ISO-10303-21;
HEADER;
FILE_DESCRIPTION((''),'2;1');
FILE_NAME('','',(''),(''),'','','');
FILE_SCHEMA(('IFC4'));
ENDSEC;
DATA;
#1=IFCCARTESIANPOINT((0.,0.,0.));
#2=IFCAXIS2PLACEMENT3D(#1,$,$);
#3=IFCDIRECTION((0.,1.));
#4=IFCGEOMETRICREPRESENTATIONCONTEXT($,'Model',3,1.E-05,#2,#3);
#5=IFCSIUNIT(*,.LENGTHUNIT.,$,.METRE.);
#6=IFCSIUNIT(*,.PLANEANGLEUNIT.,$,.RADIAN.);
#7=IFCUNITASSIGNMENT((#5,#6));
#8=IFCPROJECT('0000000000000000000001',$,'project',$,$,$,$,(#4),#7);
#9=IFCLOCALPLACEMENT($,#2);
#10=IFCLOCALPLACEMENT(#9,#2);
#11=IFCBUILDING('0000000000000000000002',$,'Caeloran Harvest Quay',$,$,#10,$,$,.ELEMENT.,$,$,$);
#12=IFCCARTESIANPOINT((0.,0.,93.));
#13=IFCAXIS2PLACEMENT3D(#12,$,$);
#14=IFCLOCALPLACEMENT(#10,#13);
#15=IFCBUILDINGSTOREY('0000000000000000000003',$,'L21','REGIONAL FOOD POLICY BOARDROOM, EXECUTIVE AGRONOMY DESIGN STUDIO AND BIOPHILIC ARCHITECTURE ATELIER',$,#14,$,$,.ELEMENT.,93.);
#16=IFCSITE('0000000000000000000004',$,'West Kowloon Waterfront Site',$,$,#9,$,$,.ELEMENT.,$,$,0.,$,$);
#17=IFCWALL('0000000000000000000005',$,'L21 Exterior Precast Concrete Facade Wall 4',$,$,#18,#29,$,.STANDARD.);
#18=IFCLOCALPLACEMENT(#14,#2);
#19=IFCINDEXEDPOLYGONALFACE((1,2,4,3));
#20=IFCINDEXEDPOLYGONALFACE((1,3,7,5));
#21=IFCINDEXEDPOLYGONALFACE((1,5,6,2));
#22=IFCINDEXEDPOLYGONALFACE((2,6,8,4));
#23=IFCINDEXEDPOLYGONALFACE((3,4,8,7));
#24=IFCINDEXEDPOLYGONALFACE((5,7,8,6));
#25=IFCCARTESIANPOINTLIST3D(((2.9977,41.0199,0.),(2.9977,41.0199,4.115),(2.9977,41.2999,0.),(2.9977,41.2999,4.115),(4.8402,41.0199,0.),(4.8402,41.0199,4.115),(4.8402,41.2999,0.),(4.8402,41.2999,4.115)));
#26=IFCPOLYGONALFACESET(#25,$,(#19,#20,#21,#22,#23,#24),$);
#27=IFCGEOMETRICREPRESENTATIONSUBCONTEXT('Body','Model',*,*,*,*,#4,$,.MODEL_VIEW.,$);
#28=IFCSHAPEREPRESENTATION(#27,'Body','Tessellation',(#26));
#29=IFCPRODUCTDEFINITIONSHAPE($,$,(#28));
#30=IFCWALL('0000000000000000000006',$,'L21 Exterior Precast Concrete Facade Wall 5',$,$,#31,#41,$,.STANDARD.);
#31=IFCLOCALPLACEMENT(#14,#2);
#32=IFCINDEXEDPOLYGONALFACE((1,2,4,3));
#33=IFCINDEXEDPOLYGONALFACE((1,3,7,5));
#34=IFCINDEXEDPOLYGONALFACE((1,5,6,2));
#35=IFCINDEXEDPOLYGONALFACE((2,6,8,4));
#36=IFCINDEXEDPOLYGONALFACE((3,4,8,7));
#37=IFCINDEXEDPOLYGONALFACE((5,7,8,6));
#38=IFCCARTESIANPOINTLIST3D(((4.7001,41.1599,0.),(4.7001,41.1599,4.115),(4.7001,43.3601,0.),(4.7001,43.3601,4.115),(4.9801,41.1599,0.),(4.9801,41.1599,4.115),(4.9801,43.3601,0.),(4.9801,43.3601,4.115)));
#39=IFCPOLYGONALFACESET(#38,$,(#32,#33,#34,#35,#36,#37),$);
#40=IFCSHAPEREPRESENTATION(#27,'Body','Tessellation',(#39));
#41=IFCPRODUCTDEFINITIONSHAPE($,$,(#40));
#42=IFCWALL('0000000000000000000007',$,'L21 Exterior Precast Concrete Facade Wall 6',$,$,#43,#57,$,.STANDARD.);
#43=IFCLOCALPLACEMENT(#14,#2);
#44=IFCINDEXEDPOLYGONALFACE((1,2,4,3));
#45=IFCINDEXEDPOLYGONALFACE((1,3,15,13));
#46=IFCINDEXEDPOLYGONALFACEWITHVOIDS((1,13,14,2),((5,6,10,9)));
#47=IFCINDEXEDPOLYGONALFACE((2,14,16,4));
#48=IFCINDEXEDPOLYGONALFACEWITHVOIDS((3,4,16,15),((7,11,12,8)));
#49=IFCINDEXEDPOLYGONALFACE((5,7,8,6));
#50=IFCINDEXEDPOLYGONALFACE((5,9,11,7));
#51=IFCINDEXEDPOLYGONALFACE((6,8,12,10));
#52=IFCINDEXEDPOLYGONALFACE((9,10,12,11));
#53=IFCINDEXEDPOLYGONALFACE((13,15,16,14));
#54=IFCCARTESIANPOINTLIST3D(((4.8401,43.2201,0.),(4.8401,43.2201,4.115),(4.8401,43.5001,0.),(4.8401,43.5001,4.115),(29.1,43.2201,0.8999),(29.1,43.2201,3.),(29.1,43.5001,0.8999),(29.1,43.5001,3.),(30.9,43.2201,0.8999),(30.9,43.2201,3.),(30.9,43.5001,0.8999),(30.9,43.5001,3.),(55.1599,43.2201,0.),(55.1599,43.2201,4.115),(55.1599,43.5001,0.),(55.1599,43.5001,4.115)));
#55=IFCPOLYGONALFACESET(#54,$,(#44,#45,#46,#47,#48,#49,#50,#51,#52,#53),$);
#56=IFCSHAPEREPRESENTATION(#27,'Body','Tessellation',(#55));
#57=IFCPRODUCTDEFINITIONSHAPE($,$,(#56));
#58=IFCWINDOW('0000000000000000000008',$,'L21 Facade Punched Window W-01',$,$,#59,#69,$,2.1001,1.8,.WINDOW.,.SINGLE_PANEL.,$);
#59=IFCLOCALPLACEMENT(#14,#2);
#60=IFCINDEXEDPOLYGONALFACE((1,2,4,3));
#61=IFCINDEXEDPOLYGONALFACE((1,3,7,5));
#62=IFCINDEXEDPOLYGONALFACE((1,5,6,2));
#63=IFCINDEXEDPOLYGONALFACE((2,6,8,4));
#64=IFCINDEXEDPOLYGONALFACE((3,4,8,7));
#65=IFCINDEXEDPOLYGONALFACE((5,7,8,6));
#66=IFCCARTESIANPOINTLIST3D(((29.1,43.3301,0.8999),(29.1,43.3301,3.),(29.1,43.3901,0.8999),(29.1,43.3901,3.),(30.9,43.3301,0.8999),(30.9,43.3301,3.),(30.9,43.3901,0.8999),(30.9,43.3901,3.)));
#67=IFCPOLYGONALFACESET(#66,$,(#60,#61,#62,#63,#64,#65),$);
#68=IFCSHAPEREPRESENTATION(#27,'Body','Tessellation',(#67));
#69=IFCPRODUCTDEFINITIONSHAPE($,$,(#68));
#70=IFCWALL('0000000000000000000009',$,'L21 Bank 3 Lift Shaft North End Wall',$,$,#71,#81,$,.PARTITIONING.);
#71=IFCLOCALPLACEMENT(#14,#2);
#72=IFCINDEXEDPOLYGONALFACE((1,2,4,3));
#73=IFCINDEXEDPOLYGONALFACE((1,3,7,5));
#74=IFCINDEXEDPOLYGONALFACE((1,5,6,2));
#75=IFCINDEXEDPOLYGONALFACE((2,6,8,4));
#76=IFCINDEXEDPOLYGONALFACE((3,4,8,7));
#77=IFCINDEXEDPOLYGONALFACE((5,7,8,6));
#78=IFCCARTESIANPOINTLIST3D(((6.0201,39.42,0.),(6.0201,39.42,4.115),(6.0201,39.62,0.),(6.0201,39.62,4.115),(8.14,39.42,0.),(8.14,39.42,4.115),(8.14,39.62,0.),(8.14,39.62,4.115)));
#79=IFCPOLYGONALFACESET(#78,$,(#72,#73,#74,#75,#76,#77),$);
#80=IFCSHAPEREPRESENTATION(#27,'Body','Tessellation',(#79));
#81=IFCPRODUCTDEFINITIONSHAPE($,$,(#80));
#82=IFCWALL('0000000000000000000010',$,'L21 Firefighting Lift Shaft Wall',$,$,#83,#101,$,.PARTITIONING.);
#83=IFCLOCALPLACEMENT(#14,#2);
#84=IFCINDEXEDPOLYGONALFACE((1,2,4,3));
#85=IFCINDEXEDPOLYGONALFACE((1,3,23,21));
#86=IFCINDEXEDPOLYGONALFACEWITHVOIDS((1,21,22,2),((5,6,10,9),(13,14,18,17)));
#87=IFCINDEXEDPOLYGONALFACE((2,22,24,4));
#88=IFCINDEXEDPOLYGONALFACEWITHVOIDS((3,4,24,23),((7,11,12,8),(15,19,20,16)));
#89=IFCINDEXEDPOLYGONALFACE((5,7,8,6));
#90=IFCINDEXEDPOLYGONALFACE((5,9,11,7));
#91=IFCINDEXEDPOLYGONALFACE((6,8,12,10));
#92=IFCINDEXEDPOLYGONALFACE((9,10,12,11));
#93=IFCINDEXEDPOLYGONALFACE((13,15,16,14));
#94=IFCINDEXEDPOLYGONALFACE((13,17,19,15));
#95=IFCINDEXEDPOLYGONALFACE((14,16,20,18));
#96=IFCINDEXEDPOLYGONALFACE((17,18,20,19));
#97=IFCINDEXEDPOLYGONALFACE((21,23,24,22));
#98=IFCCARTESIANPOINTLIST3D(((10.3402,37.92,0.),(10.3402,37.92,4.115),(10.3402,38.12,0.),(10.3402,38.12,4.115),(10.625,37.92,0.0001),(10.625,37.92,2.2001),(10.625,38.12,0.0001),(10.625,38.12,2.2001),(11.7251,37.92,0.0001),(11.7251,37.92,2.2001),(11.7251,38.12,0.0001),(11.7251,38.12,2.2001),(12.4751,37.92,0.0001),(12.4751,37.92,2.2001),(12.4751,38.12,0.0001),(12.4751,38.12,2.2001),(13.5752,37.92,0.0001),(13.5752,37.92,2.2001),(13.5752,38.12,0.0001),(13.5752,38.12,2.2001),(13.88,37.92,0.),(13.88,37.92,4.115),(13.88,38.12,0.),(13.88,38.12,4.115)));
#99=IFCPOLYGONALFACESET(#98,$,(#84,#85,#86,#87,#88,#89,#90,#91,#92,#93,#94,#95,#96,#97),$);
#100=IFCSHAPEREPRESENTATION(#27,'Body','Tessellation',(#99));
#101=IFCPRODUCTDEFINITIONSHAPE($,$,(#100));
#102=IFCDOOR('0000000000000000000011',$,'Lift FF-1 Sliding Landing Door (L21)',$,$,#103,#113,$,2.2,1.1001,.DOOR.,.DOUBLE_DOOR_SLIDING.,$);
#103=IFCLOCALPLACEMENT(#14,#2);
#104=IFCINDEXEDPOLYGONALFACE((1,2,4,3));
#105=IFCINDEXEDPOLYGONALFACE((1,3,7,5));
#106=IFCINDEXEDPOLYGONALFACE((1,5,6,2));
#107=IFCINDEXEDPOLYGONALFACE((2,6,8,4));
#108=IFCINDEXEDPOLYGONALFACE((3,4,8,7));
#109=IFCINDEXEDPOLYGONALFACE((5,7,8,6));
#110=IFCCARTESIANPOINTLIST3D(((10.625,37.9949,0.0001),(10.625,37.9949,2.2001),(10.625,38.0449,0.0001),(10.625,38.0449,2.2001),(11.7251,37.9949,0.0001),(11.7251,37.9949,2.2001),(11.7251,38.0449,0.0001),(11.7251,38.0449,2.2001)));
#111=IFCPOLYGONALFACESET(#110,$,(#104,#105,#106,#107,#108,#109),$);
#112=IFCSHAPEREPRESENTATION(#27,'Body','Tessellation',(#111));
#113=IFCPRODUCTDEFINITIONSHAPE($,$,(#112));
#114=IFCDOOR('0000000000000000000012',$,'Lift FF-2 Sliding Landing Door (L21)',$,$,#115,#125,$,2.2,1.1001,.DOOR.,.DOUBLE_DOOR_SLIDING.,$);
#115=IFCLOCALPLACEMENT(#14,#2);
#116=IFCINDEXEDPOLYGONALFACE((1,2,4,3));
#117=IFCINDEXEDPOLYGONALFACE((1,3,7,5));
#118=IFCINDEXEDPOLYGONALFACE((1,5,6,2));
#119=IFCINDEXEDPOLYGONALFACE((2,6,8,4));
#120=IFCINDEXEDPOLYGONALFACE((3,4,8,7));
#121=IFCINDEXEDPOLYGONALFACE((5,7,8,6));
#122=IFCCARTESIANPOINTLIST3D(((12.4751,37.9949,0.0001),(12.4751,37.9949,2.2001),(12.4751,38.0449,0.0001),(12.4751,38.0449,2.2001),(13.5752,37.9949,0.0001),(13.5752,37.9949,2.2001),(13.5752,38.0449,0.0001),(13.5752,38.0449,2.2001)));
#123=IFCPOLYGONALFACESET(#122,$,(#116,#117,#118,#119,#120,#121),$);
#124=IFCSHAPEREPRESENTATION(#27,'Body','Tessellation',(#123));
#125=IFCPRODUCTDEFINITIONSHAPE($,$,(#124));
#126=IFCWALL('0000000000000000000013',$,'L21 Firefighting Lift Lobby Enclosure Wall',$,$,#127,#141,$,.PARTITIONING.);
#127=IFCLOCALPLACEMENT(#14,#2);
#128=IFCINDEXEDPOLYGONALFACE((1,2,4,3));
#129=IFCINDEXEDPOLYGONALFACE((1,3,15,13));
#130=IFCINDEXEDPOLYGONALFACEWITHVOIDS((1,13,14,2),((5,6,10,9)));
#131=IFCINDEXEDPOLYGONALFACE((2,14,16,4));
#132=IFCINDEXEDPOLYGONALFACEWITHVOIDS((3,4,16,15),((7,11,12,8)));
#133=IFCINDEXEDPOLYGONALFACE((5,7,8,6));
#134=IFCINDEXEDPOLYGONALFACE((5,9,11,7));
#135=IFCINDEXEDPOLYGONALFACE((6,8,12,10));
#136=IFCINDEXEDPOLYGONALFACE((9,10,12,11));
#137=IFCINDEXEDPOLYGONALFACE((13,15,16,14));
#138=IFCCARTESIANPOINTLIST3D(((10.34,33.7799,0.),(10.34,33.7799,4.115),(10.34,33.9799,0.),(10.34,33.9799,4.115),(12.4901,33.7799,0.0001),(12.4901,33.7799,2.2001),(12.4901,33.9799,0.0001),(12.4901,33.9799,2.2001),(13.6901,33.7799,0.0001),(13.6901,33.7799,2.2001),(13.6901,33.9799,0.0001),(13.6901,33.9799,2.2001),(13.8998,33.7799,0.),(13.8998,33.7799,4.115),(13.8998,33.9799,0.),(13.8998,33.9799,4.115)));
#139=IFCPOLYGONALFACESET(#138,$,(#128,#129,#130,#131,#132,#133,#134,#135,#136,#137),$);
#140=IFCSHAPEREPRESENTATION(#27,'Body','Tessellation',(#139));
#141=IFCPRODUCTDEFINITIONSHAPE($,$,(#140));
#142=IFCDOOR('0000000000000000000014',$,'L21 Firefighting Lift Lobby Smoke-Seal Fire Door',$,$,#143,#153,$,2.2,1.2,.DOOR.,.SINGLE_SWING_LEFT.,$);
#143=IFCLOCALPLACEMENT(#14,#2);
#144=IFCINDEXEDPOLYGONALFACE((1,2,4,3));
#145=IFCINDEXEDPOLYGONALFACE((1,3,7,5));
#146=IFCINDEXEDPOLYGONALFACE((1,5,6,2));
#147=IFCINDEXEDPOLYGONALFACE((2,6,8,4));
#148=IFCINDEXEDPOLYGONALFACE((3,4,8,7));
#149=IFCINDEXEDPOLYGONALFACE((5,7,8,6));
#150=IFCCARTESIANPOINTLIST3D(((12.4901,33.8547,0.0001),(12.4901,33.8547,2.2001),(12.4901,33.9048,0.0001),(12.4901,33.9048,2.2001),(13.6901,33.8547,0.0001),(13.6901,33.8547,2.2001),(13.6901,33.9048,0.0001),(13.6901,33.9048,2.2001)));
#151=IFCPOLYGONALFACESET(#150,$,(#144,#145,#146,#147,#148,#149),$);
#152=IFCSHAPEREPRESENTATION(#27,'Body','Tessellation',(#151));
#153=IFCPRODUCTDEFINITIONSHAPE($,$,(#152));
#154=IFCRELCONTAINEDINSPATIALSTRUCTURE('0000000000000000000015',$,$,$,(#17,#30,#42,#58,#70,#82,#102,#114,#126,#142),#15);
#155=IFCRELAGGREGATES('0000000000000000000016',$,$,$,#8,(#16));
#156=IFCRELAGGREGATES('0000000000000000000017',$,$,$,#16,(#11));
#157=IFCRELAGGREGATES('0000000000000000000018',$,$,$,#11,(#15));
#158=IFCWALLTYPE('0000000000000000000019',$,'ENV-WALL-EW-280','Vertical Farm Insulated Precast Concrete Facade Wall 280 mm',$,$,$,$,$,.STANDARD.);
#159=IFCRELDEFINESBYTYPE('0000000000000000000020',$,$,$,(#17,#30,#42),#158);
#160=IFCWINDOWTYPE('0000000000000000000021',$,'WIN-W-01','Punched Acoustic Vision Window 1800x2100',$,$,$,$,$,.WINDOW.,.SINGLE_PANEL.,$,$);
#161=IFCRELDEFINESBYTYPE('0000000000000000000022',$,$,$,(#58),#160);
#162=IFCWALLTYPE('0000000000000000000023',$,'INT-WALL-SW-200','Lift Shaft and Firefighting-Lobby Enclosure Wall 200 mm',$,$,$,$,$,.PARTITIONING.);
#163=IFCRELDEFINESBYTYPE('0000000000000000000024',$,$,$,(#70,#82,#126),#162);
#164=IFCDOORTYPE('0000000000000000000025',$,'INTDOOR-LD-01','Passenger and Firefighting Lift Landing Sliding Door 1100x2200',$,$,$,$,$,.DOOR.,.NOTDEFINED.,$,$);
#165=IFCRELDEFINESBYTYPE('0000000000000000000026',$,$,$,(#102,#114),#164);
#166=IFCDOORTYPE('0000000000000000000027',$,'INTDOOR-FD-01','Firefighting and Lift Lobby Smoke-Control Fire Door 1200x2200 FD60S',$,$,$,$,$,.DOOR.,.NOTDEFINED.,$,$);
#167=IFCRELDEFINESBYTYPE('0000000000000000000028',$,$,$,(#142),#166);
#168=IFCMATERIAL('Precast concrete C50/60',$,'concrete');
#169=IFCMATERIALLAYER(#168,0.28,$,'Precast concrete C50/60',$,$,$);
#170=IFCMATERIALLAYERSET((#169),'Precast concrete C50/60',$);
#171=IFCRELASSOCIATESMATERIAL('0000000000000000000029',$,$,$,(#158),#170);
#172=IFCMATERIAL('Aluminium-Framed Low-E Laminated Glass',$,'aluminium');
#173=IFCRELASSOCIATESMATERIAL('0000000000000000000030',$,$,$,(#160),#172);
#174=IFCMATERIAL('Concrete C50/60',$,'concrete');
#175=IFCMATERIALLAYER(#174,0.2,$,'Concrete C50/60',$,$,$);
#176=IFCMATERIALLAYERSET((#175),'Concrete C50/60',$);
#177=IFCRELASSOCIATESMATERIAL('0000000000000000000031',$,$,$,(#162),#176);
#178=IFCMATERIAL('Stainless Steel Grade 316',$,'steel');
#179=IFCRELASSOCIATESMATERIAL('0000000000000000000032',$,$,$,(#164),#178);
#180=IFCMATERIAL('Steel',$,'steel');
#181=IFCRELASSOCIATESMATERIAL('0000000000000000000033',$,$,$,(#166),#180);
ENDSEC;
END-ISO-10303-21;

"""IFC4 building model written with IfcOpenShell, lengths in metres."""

from ifc_helpers import new_model, si_unit, direction, frame, frame_2d, origin, place, context, subcontext, project, spatial, rectangle, extrude, material, layer, layer_set, type_object, element, fill, save


model = new_model("IFC4")

# Units and contexts
model_context = context("Model", 3, precision=1e-05, world=origin(), true_north=direction((0.0, 1.0)))
body_context = subcontext(model_context, "Body", "Model", "MODEL_VIEW")
ifc_project = project(units=[si_unit("LENGTHUNIT", "METRE"), si_unit("PLANEANGLEUNIT", "RADIAN")], contexts=[model_context])

# Site, building, storey
site_placement = place(None, origin())
site = spatial("IfcSite", under=ifc_project, at=site_placement, Name="West Kowloon Waterfront Site", CompositionType="ELEMENT", RefElevation=0.0)
building_placement = place(site_placement, origin())
building = spatial("IfcBuilding", under=site, at=building_placement, Name="Caeloran Harvest Quay", CompositionType="ELEMENT")
storey_placement = place(building_placement, frame((0.0, 0.0, 93.0)))
storey = spatial("IfcBuildingStorey", under=building, at=storey_placement, Name="L21", Description="REGIONAL FOOD POLICY BOARDROOM, EXECUTIVE AGRONOMY DESIGN STUDIO AND BIOPHILIC ARCHITECTURE ATELIER", CompositionType="ELEMENT", Elevation=93.0)

# Walls
ifc_material_1 = material(Name="Precast concrete C50/60", Category="concrete")
ifc_layer_1 = layer(ifc_material_1, 0.28, Name="Precast concrete C50/60")
ifc_layer_set_1 = layer_set([ifc_layer_1], Name="Precast concrete C50/60")
wall_type_1 = type_object("IfcWallType", Name="ENV-WALL-EW-280", Description="Vertical Farm Insulated Precast Concrete Facade Wall 280 mm", PredefinedType="STANDARD", material=ifc_layer_set_1)
wall_1_placement = place(storey_placement, frame((2.9976, 41.1599, 0.0), z_axis=(0.0, 0.0, 1.0), x_axis=(1.0, 0.0, 0.0)))
element("IfcWall", 1, at=wall_1_placement, inside=storey, type_object=wall_type_1, Name="L21 Exterior Precast Concrete Facade Wall 4", PredefinedType="STANDARD", context=body_context, shape_type="SweptSolid", body=[
    extrude(rectangle(XDim=1.8425, YDim=0.28, at=frame_2d((0.9214, 0.0))), origin(), (0.0, 0.0, 1.0), 4.115),
])
wall_2_placement = place(storey_placement, frame((4.8401, 41.1599, 0.0), z_axis=(0.0, 0.0, 1.0), x_axis=(0.0, 1.0, 0.0)))
element("IfcWall", 2, at=wall_2_placement, inside=storey, type_object=wall_type_1, Name="L21 Exterior Precast Concrete Facade Wall 5", PredefinedType="STANDARD", context=body_context, shape_type="SweptSolid", body=[
    extrude(rectangle(XDim=2.2002, YDim=0.28, at=frame_2d((1.1001, 0.0))), origin(), (0.0, 0.0, 1.0), 4.115),
])

# Wall, opening, window
wall_3_placement = place(storey_placement, frame((4.8401, 43.3601, 0.0), z_axis=(0.0, 0.0, 1.0), x_axis=(1.0, 0.0, 0.0)))
wall_3 = element("IfcWall", 3, at=wall_3_placement, inside=storey, type_object=wall_type_1, Name="L21 Exterior Precast Concrete Facade Wall 6", PredefinedType="STANDARD", context=body_context, shape_type="SweptSolid", body=[
    extrude(rectangle(XDim=50.3198, YDim=0.28, at=frame_2d((25.1599, 0.0))), origin(), (0.0, 0.0, 1.0), 4.115),
])
opening_1_placement = place(wall_3_placement, frame((24.26, 0.0, 0.8999)))
opening_1 = element("IfcOpeningElement", 4, at=opening_1_placement, cuts=wall_3, PredefinedType="OPENING", context=body_context, shape_type="SweptSolid", body=[
    extrude(rectangle(XDim=1.8, YDim=2.1001, at=frame_2d((0.8999, 1.05))), frame((0.0, 0.1499, 0.0), z_axis=(0.0, -1.0, 0.0), x_axis=(1.0, 0.0, 0.0)), (0.0, 0.0, 1.0), 0.3),
])
ifc_material_2 = material(Name="Aluminium-Framed Low-E Laminated Glass", Category="aluminium")
window_type = type_object("IfcWindowType", Name="WIN-W-01", Description="Punched Acoustic Vision Window 1800x2100", PartitioningType="SINGLE_PANEL", PredefinedType="WINDOW", material=ifc_material_2)
window_placement = place(opening_1_placement, origin())
window = element("IfcWindow", 5, at=window_placement, inside=storey, type_object=window_type, Name="L21 Facade Punched Window W-01", OverallHeight=2.1001, OverallWidth=1.8, PartitioningType="SINGLE_PANEL", PredefinedType="WINDOW", context=body_context, shape_type="SweptSolid", body=[
    extrude(rectangle(XDim=1.8, YDim=2.1001, at=frame_2d((0.8999, 1.05))), frame((0.0, 0.03, 0.0), z_axis=(0.0, -1.0, 0.0), x_axis=(1.0, 0.0, 0.0)), (0.0, 0.0, 1.0), 0.0601),
])
fill(opening_1, window)

# Wall
ifc_material_3 = material(Name="Concrete C50/60", Category="concrete")
ifc_layer_2 = layer(ifc_material_3, 0.2, Name="Concrete C50/60")
ifc_layer_set_2 = layer_set([ifc_layer_2], Name="Concrete C50/60")
wall_type_2 = type_object("IfcWallType", Name="INT-WALL-SW-200", Description="Lift Shaft and Firefighting-Lobby Enclosure Wall 200 mm", PredefinedType="PARTITIONING", material=ifc_layer_set_2)
wall_4_placement = place(storey_placement, frame((6.02, 39.52, 0.0), z_axis=(0.0, 0.0, 1.0), x_axis=(1.0, 0.0, 0.0)))
element("IfcWall", 6, at=wall_4_placement, inside=storey, type_object=wall_type_2, Name="L21 Bank 3 Lift Shaft North End Wall", PredefinedType="PARTITIONING", context=body_context, shape_type="SweptSolid", body=[
    extrude(rectangle(XDim=2.1199, YDim=0.2, at=frame_2d((1.0601, 0.0))), origin(), (0.0, 0.0, 1.0), 4.115),
])

# Wall, openings, doors
wall_5_placement = place(storey_placement, frame((10.3401, 38.02, 0.0), z_axis=(0.0, 0.0, 1.0), x_axis=(1.0, 0.0, 0.0)))
wall_5 = element("IfcWall", 7, at=wall_5_placement, inside=storey, type_object=wall_type_2, Name="L21 Firefighting Lift Shaft Wall", PredefinedType="PARTITIONING", context=body_context, shape_type="SweptSolid", body=[
    extrude(rectangle(XDim=3.5398, YDim=0.2, at=frame_2d((1.77, 0.0))), origin(), (0.0, 0.0, 1.0), 4.115),
])
opening_2_placement = place(wall_5_placement, frame((0.2849, 0.0, 0.0)))
opening_2 = element("IfcOpeningElement", 8, at=opening_2_placement, cuts=wall_5, PredefinedType="OPENING", context=body_context, shape_type="SweptSolid", body=[
    extrude(rectangle(XDim=1.1001, YDim=2.2, at=frame_2d((0.55, 1.1001))), frame((0.0, 0.1099, 0.0), z_axis=(0.0, -1.0, 0.0), x_axis=(1.0, 0.0, 0.0)), (0.0, 0.0, 1.0), 0.22),
])
opening_3_placement = place(wall_5_placement, frame((2.135, 0.0, 0.0)))
opening_3 = element("IfcOpeningElement", 9, at=opening_3_placement, cuts=wall_5, PredefinedType="OPENING", context=body_context, shape_type="SweptSolid", body=[
    extrude(rectangle(XDim=1.1001, YDim=2.2, at=frame_2d((0.55, 1.1001))), frame((0.0, 0.1099, 0.0), z_axis=(0.0, -1.0, 0.0), x_axis=(1.0, 0.0, 0.0)), (0.0, 0.0, 1.0), 0.22),
])
ifc_material_4 = material(Name="Stainless Steel Grade 316", Category="steel")
door_type_1 = type_object("IfcDoorType", Name="INTDOOR-LD-01", Description="Passenger and Firefighting Lift Landing Sliding Door 1100x2200", OperationType="NOTDEFINED", PredefinedType="DOOR", material=ifc_material_4)
door_1_placement = place(opening_2_placement, origin())
door_1 = element("IfcDoor", 10, at=door_1_placement, inside=storey, type_object=door_type_1, Name="Lift FF-1 Sliding Landing Door (L21)", OperationType="DOUBLE_DOOR_SLIDING", OverallHeight=2.2, OverallWidth=1.1001, PredefinedType="DOOR", context=body_context, shape_type="SweptSolid", body=[
    extrude(rectangle(XDim=1.1001, YDim=2.2, at=frame_2d((0.55, 1.1001))), frame((0.0, 0.0249, 0.0), z_axis=(0.0, -1.0, 0.0), x_axis=(1.0, 0.0, 0.0)), (0.0, 0.0, 1.0), 0.05),
])
fill(opening_2, door_1)
door_2_placement = place(opening_3_placement, origin())
door_2 = element("IfcDoor", 11, at=door_2_placement, inside=storey, type_object=door_type_1, Name="Lift FF-2 Sliding Landing Door (L21)", OperationType="DOUBLE_DOOR_SLIDING", OverallHeight=2.2, OverallWidth=1.1001, PredefinedType="DOOR", context=body_context, shape_type="SweptSolid", body=[
    extrude(rectangle(XDim=1.1001, YDim=2.2, at=frame_2d((0.55, 1.1001))), frame((0.0, 0.0249, 0.0), z_axis=(0.0, -1.0, 0.0), x_axis=(1.0, 0.0, 0.0)), (0.0, 0.0, 1.0), 0.05),
])
fill(opening_3, door_2)

# Wall, opening, door
wall_6_placement = place(storey_placement, frame((10.3401, 33.8799, 0.0), z_axis=(0.0, 0.0, 1.0), x_axis=(1.0, 0.0, 0.0)))
wall_6 = element("IfcWall", 12, at=wall_6_placement, inside=storey, type_object=wall_type_2, Name="L21 Firefighting Lift Lobby Enclosure Wall", PredefinedType="PARTITIONING", context=body_context, shape_type="SweptSolid", body=[
    extrude(rectangle(XDim=3.5598, YDim=0.2, at=frame_2d((1.7798, 0.0))), origin(), (0.0, 0.0, 1.0), 4.115),
])
opening_4_placement = place(wall_6_placement, frame((2.1499, 0.0, 0.0)))
opening_4 = element("IfcOpeningElement", 13, at=opening_4_placement, cuts=wall_6, PredefinedType="OPENING", context=body_context, shape_type="SweptSolid", body=[
    extrude(rectangle(XDim=1.2, YDim=2.2, at=frame_2d((0.6001, 1.1001))), frame((0.0, 0.1099, 0.0), z_axis=(0.0, -1.0, 0.0), x_axis=(1.0, 0.0, 0.0)), (0.0, 0.0, 1.0), 0.22),
])
ifc_material_5 = material(Name="Steel", Category="steel")
door_type_2 = type_object("IfcDoorType", Name="INTDOOR-FD-01", Description="Firefighting and Lift Lobby Smoke-Control Fire Door 1200x2200 FD60S", OperationType="NOTDEFINED", PredefinedType="DOOR", material=ifc_material_5)
door_3_placement = place(opening_4_placement, origin())
door_3 = element("IfcDoor", 14, at=door_3_placement, inside=storey, type_object=door_type_2, Name="L21 Firefighting Lift Lobby Smoke-Seal Fire Door", OperationType="SINGLE_SWING_LEFT", OverallHeight=2.2, OverallWidth=1.2, PredefinedType="DOOR", context=body_context, shape_type="SweptSolid", body=[
    extrude(rectangle(XDim=1.2, YDim=2.2, at=frame_2d((0.6001, 1.1001))), frame((0.0, 0.0249, 0.0), z_axis=(0.0, -1.0, 0.0), x_axis=(1.0, 0.0, 0.0)), (0.0, 0.0, 1.0), 0.05),
])
fill(opening_4, door_3)

save(model, "model.ifc")
